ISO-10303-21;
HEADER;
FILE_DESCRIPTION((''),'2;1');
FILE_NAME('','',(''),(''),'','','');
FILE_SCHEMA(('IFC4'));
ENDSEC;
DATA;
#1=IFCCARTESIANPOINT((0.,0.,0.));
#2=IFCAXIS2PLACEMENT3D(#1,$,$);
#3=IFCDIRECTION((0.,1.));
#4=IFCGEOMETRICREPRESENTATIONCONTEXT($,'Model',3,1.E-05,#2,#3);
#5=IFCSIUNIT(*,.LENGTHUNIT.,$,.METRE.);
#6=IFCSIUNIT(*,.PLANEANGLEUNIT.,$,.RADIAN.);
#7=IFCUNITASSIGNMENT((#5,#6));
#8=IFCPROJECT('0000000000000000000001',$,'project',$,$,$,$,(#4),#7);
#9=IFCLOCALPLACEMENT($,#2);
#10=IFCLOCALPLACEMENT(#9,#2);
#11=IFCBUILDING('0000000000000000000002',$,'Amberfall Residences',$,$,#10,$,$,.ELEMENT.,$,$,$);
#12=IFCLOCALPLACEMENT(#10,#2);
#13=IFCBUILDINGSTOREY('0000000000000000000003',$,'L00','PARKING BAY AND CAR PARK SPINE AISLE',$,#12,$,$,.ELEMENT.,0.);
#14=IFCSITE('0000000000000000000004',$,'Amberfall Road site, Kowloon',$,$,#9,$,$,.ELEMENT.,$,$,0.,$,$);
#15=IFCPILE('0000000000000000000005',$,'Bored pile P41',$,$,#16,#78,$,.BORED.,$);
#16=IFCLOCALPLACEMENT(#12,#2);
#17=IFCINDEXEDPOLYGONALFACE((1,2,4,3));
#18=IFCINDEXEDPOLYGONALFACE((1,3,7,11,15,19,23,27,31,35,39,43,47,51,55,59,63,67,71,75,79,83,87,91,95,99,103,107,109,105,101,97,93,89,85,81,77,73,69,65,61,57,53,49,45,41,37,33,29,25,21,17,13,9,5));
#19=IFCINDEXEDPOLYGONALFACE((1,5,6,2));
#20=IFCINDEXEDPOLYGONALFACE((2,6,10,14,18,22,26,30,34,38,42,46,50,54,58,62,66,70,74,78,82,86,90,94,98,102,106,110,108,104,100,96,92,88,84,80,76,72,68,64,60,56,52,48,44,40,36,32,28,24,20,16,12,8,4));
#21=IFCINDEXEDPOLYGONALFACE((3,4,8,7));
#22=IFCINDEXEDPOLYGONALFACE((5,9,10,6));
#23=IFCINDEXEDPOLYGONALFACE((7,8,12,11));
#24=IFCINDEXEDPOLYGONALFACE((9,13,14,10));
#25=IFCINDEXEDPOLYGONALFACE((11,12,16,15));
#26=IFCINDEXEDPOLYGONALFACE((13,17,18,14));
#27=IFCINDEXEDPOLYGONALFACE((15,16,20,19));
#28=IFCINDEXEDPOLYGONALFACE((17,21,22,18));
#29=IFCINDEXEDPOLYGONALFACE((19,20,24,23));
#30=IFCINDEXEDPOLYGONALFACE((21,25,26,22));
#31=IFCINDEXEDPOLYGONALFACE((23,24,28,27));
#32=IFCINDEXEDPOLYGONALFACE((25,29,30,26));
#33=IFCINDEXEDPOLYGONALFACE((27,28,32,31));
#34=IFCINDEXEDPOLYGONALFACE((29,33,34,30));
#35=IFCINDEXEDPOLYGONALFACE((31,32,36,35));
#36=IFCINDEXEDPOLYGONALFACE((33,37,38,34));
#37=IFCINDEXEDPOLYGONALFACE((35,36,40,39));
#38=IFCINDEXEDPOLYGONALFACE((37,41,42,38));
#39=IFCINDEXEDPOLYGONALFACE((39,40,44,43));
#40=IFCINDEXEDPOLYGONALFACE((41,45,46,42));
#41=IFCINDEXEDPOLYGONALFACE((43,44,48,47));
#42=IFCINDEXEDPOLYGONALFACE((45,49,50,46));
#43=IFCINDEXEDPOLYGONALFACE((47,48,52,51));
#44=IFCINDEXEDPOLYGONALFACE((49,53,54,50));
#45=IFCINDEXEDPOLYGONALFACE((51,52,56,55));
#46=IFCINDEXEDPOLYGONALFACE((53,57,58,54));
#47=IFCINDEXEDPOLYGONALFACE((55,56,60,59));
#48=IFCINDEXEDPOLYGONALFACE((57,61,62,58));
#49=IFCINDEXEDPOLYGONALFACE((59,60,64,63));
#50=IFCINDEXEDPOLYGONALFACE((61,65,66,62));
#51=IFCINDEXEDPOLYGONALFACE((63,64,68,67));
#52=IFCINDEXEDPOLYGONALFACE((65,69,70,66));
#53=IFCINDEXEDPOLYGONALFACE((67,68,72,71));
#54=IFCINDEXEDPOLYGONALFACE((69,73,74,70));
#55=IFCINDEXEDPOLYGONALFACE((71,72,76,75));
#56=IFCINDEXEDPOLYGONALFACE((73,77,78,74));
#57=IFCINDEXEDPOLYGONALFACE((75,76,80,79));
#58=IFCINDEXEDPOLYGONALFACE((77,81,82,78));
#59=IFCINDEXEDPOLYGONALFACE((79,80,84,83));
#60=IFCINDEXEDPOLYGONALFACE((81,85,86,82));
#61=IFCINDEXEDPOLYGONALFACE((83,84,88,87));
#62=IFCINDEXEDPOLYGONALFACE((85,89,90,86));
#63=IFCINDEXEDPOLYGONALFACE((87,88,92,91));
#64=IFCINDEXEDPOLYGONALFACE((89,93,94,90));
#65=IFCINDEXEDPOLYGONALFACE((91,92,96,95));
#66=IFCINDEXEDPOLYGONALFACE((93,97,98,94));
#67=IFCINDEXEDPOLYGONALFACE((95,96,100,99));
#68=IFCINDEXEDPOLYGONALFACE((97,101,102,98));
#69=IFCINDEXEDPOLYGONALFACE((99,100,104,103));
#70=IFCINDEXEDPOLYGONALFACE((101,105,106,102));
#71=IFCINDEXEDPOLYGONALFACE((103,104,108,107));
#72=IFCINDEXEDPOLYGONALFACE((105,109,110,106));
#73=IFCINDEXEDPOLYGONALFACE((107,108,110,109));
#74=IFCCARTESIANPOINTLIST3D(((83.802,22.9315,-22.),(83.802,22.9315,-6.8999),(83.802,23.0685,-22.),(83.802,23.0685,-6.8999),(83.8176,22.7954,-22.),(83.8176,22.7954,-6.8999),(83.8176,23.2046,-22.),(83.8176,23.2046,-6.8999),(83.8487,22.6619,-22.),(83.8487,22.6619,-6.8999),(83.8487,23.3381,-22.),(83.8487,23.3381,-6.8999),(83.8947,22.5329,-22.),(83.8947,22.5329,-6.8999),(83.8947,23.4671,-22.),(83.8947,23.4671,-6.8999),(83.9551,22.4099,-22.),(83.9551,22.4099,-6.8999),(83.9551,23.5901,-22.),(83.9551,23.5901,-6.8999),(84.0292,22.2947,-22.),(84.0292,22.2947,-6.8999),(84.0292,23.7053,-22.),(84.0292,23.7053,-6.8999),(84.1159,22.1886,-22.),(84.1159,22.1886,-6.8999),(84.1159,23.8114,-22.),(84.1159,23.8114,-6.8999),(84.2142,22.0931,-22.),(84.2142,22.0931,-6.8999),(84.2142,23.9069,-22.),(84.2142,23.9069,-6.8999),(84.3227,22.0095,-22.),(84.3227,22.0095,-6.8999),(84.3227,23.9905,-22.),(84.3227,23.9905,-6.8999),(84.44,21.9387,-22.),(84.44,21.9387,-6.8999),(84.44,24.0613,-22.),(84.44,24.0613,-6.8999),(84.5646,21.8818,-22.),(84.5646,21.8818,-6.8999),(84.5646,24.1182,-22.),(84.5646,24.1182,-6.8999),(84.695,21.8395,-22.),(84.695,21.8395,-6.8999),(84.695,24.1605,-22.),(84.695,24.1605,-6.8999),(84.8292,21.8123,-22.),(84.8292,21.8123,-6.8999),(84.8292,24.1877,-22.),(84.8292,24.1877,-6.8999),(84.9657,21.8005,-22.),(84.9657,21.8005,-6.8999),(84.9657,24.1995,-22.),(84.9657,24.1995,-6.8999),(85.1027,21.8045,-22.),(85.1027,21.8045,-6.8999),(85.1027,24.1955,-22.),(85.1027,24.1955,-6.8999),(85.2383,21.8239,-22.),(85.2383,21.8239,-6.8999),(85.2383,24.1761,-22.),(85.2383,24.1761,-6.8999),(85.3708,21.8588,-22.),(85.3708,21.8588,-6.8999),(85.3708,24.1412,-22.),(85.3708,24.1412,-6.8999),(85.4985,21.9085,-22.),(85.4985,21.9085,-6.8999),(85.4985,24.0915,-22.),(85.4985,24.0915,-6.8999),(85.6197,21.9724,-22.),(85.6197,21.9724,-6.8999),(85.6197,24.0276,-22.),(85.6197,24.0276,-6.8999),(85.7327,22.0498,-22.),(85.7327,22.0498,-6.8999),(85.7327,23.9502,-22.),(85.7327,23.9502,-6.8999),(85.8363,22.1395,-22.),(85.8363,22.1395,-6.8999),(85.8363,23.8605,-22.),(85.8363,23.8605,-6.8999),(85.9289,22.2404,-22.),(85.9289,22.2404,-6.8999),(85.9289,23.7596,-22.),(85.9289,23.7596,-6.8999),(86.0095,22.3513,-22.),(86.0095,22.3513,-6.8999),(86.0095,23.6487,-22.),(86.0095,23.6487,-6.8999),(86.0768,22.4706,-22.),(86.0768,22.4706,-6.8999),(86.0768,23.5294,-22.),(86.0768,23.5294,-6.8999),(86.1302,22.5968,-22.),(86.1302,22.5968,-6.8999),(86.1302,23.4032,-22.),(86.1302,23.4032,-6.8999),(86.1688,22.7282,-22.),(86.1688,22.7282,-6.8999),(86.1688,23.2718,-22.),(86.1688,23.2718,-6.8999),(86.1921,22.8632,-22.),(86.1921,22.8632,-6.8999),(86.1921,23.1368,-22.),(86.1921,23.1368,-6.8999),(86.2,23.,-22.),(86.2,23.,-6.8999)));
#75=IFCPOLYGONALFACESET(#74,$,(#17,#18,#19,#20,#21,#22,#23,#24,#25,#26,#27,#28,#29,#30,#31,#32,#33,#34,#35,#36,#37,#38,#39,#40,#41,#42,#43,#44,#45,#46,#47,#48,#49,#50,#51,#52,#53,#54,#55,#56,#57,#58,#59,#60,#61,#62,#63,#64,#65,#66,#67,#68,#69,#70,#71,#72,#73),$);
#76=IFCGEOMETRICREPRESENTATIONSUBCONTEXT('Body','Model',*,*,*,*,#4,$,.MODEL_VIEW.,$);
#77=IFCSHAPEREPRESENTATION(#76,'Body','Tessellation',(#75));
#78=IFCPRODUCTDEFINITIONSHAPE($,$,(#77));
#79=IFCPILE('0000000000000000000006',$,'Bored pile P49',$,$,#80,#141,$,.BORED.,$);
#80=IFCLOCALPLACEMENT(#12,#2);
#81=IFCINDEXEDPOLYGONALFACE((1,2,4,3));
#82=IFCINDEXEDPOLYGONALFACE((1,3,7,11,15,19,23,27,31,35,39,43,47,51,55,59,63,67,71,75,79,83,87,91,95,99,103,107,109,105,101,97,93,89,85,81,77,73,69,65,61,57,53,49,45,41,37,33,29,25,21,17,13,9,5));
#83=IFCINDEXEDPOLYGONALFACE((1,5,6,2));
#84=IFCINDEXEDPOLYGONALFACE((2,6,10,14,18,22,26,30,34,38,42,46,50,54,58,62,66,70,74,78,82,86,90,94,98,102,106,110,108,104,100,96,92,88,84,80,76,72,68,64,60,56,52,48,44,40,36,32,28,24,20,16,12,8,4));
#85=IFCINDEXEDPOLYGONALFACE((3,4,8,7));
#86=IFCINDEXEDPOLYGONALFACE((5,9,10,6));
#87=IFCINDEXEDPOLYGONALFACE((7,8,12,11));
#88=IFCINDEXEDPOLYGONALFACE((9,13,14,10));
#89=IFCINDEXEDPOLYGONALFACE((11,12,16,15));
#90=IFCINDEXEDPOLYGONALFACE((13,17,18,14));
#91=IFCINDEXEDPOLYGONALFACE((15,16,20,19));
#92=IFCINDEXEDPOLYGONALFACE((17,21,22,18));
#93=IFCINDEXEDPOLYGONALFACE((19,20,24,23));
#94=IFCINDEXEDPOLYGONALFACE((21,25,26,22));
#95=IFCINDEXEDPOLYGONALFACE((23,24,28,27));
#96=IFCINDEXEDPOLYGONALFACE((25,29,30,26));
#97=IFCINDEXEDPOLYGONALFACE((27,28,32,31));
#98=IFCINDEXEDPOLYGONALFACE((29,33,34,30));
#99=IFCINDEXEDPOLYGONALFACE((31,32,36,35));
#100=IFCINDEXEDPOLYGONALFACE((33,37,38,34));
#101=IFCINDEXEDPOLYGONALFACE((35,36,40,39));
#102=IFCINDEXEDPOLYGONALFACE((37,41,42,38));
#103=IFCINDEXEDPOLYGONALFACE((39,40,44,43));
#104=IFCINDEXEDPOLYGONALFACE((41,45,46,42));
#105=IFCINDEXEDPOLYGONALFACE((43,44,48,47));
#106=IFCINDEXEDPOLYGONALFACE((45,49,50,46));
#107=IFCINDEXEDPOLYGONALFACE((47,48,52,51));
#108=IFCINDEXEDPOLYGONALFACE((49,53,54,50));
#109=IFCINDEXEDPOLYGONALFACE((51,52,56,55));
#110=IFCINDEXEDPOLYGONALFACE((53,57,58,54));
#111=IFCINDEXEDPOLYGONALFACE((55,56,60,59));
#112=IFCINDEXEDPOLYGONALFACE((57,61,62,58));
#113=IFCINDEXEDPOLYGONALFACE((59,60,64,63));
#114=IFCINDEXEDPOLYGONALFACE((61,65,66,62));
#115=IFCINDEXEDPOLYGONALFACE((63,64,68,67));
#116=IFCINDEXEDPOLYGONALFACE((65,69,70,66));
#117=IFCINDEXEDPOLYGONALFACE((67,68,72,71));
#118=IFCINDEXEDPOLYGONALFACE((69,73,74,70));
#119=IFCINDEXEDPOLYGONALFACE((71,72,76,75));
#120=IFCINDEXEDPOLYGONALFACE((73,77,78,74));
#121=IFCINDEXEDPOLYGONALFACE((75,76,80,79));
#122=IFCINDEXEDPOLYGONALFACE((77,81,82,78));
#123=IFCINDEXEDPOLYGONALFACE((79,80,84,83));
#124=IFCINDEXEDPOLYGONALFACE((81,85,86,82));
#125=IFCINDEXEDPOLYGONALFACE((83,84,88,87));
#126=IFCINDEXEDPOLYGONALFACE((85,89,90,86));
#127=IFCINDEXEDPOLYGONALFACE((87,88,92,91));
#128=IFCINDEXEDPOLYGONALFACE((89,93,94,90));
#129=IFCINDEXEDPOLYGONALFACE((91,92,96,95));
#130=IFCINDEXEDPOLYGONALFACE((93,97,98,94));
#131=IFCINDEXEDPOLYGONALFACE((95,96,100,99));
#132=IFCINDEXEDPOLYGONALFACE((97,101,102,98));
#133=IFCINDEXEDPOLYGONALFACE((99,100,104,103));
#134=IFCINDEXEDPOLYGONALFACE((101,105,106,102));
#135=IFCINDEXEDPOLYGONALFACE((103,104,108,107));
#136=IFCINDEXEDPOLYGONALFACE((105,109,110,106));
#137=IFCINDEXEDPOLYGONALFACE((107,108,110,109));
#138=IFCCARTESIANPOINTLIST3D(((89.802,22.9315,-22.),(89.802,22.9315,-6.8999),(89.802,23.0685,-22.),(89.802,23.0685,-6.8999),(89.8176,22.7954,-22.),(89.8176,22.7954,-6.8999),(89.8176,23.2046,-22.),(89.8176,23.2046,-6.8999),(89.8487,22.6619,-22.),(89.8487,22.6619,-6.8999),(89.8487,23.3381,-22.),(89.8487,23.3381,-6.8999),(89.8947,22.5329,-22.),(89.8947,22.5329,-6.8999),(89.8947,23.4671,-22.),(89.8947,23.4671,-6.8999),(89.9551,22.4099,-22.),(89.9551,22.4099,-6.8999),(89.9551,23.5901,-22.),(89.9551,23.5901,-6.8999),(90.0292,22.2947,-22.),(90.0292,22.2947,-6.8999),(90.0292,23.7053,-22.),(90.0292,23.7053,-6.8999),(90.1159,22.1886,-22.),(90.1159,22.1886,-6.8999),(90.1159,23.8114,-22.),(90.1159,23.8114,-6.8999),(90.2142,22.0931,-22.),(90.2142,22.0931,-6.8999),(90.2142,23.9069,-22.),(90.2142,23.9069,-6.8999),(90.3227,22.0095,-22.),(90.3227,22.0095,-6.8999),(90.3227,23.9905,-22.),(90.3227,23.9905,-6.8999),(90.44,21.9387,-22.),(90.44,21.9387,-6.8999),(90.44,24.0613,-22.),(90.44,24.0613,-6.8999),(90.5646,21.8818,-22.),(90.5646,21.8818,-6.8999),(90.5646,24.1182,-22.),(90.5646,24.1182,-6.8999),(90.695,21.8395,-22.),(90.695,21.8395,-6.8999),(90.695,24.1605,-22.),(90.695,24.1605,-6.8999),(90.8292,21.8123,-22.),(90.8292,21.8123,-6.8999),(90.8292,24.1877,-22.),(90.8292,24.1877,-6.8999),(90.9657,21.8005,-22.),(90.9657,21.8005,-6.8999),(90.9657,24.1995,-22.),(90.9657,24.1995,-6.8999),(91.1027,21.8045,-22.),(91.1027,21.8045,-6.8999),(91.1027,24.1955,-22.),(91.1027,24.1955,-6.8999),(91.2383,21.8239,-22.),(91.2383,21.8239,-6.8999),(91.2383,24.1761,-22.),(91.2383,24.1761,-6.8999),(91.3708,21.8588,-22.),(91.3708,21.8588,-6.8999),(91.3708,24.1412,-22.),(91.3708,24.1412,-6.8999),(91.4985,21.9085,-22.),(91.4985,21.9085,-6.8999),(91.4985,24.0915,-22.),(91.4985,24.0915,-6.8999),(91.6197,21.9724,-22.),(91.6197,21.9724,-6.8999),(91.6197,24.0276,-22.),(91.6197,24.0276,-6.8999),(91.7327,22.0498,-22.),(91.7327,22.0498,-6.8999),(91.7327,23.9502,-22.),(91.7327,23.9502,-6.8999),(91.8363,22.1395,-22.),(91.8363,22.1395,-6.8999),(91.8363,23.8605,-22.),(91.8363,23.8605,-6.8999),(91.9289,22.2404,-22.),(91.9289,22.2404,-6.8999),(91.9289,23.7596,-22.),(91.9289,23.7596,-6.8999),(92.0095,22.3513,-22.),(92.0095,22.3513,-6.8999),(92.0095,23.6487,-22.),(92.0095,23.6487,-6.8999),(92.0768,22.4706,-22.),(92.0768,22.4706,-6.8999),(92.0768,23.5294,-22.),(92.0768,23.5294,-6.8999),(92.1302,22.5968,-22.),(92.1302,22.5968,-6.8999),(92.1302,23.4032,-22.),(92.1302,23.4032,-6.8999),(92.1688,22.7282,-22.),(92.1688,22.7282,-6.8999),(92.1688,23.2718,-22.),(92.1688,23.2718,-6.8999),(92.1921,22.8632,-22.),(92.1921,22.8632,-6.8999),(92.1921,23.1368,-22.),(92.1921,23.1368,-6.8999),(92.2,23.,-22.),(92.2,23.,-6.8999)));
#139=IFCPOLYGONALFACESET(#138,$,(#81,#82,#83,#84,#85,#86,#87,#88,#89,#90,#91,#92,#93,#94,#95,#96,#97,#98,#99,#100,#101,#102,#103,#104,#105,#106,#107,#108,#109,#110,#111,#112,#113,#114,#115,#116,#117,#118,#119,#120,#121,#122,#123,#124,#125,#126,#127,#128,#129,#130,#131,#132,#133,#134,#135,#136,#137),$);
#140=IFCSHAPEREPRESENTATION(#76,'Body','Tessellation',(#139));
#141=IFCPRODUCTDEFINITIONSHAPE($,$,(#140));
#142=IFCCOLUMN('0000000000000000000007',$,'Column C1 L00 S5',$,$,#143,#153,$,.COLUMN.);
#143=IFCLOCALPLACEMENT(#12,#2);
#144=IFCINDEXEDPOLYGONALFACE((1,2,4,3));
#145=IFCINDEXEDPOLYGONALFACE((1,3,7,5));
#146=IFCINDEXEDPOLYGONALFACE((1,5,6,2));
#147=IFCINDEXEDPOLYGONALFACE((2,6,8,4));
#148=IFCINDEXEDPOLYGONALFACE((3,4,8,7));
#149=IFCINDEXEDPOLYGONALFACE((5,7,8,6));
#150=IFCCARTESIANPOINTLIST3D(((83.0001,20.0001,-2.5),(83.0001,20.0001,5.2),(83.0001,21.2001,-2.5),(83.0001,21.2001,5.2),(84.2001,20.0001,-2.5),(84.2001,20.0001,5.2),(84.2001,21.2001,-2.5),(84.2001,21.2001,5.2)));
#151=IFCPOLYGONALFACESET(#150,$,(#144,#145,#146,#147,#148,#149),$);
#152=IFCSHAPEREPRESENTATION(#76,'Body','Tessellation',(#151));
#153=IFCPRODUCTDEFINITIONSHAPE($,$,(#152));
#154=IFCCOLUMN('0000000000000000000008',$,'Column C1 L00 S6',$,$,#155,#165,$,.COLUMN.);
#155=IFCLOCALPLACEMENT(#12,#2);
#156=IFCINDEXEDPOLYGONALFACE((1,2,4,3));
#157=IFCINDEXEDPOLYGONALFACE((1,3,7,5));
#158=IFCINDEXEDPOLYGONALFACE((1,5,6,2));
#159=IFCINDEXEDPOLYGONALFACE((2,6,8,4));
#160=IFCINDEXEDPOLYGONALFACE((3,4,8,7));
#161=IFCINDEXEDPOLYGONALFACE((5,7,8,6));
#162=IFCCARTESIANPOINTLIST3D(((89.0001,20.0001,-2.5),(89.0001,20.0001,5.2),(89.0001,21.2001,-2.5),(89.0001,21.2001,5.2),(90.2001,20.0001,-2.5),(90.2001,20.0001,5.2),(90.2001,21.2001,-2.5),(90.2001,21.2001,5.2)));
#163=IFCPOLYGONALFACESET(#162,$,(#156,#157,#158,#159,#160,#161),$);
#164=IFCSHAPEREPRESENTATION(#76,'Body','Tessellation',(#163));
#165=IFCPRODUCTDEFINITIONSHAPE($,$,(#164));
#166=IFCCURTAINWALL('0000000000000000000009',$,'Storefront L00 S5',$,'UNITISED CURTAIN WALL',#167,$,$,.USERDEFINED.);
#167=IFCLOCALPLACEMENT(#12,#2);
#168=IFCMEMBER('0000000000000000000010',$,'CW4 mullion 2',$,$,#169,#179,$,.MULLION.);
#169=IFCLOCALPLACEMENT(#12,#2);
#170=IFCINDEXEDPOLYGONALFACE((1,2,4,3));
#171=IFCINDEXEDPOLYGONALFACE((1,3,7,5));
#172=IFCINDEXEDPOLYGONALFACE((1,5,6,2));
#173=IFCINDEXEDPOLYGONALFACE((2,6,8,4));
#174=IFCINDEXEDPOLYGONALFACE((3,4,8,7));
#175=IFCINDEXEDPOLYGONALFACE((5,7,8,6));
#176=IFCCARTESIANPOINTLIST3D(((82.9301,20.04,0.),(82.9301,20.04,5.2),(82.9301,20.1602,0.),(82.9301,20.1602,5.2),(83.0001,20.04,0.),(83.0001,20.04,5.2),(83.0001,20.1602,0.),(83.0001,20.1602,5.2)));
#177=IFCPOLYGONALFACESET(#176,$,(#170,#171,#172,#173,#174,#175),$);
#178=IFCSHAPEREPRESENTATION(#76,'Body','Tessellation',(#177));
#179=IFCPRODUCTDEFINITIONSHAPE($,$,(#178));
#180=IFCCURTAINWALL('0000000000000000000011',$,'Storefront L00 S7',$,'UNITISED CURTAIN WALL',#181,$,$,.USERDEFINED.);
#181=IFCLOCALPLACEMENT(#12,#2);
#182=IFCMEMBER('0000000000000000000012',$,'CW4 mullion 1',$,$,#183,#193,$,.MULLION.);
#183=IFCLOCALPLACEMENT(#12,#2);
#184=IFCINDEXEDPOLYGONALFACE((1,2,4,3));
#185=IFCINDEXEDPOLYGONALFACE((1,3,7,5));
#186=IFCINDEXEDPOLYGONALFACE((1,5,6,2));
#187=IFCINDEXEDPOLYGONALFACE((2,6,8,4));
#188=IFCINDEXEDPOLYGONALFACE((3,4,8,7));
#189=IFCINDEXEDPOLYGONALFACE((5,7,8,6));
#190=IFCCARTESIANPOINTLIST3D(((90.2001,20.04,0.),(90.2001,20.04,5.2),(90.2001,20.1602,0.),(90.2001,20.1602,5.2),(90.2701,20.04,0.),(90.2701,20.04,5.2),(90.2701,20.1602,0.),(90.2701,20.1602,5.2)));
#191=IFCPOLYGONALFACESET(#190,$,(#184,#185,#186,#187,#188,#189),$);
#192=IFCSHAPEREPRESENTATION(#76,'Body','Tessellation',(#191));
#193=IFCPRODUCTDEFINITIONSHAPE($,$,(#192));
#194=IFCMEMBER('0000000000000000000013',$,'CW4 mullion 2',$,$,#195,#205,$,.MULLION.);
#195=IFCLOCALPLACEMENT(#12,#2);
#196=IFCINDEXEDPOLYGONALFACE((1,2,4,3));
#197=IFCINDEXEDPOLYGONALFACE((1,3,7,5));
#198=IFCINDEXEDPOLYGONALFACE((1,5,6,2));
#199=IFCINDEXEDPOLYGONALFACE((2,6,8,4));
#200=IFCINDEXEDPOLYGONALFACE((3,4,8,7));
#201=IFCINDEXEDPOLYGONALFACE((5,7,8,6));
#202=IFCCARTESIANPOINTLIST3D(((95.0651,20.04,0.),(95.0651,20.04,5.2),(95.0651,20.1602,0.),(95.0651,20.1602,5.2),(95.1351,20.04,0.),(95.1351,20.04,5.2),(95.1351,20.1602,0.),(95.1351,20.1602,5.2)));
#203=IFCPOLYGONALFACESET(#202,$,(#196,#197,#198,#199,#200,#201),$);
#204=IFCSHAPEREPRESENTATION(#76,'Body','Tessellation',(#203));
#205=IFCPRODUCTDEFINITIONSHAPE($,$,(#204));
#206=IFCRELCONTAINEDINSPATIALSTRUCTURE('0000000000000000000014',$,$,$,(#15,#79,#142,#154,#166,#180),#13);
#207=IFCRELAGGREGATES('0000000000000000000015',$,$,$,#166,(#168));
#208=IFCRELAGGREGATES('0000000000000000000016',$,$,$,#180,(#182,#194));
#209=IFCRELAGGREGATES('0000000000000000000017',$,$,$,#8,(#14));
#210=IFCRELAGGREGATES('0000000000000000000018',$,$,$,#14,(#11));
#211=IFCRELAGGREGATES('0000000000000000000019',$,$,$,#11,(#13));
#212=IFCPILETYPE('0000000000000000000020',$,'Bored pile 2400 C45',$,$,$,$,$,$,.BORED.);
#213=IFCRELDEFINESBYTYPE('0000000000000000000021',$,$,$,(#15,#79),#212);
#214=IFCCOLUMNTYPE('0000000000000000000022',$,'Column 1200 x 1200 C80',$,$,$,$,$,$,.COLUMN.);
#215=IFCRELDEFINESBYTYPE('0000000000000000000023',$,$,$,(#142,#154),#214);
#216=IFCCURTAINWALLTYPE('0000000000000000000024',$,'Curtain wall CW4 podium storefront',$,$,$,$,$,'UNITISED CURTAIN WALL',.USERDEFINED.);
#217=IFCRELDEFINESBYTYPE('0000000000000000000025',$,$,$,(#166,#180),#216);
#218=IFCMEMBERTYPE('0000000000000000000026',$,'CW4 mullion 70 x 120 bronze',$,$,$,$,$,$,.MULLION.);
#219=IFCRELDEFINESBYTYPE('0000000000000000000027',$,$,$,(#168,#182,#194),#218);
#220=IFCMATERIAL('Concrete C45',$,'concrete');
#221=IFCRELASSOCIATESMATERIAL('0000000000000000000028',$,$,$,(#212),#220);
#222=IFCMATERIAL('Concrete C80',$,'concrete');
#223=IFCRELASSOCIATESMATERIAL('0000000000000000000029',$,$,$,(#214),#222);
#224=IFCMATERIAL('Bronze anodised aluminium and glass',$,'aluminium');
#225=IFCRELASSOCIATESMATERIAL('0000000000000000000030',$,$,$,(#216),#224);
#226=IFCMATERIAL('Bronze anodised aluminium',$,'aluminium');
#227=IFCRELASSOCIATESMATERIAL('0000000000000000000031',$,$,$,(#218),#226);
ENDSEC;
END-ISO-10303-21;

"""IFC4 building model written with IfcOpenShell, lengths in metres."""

from ifc_helpers import new_model, si_unit, direction, frame, origin, origin_2d, place, context, subcontext, project, spatial, rectangle, circle, extrude, material, material_profile, profile_set, type_object, element, aggregate, save


model = new_model("IFC4")

# Units and contexts
model_context = context("Model", 3, precision=1e-05, world=origin(), true_north=direction((0.0, 1.0)))
body_context = subcontext(model_context, "Body", "Model", "MODEL_VIEW")
ifc_project = project(units=[si_unit("LENGTHUNIT", "METRE"), si_unit("PLANEANGLEUNIT", "RADIAN")], contexts=[model_context])

# Site, building, storey
site_placement = place(None, origin())
site = spatial("IfcSite", under=ifc_project, at=site_placement, Name="Amberfall Road site, Kowloon", CompositionType="ELEMENT", RefElevation=0.0)
building_placement = place(site_placement, origin())
building = spatial("IfcBuilding", under=site, at=building_placement, Name="Amberfall Residences", CompositionType="ELEMENT")
storey_placement = place(building_placement, origin())
storey = spatial("IfcBuildingStorey", under=building, at=storey_placement, Name="L00", Description="PARKING BAY AND CAR PARK SPINE AISLE", CompositionType="ELEMENT", Elevation=0.0)

# Piles
ifc_material_1 = material(Name="Concrete C45", Category="concrete")
ifc_material_profile_1 = material_profile(ifc_material_1, circle(Radius=1.2, at=origin_2d()), Name="Bored pile 2400 C45")
ifc_profile_set_1 = profile_set([ifc_material_profile_1], Name="Concrete C45")
pile_type = type_object("IfcPileType", Name="Bored pile 2400 C45", PredefinedType="BORED", material=ifc_profile_set_1)
for number, where, z_axis, x_axis, name in (
    (1, (85.0, 23.0, -6.8999), (0.0, 0.0, -1.0), (1.0, 0.0, 0.0), "Bored pile P41"),
    (2, (91.0, 23.0, -6.8999), (0.0, 0.0, -1.0), (1.0, 0.0, 0.0), "Bored pile P49"),
):
    element("IfcPile", number, at=place(storey_placement, frame(where, z_axis=z_axis, x_axis=x_axis)), inside=storey, type_object=pile_type, Name=name, PredefinedType="BORED", context=body_context, shape_type="SweptSolid", body=[
        extrude(circle(Radius=1.2, at=origin_2d()), origin(), (0.0, 0.0, 1.0), 15.1001),
    ])

# Columns
ifc_material_2 = material(Name="Concrete C80", Category="concrete")
ifc_material_profile_2 = material_profile(ifc_material_2, rectangle(XDim=1.2, YDim=1.2, at=origin_2d()), Name="Column 1200 x 1200 C80")
ifc_profile_set_2 = profile_set([ifc_material_profile_2], Name="Concrete C80")
column_type = type_object("IfcColumnType", Name="Column 1200 x 1200 C80", PredefinedType="COLUMN", material=ifc_profile_set_2)
for number, where, z_axis, x_axis, name in (
    (3, (83.6001, 20.6001, -2.5), (0.0, 0.0, 1.0), (1.0, 0.0, 0.0), "Column C1 L00 S5"),
    (4, (89.6001, 20.6001, -2.5), (0.0, 0.0, 1.0), (1.0, 0.0, 0.0), "Column C1 L00 S6"),
):
    element("IfcColumn", number, at=place(storey_placement, frame(where, z_axis=z_axis, x_axis=x_axis)), inside=storey, type_object=column_type, Name=name, PredefinedType="COLUMN", context=body_context, shape_type="SweptSolid", body=[
        extrude(rectangle(XDim=1.2, YDim=1.2, at=origin_2d()), origin(), (0.0, 0.0, 1.0), 7.7),
    ])

# Curtain wall, member
ifc_material_3 = material(Name="Bronze anodised aluminium and glass", Category="aluminium")
curtain_wall_type = type_object("IfcCurtainWallType", Name="Curtain wall CW4 podium storefront", ElementType="UNITISED CURTAIN WALL", PredefinedType="USERDEFINED", material=ifc_material_3)
curtain_wall_1_placement = place(storey_placement, origin())
curtain_wall_1 = element("IfcCurtainWall", 5, at=curtain_wall_1_placement, inside=storey, type_object=curtain_wall_type, Name="Storefront L00 S5", ObjectType="UNITISED CURTAIN WALL", PredefinedType="USERDEFINED")
ifc_material_4 = material(Name="Bronze anodised aluminium", Category="aluminium")
ifc_material_profile_3 = material_profile(ifc_material_4, rectangle(XDim=0.1201, YDim=0.0701, at=origin_2d()), Name="CW4 mullion 70 x 120 bronze")
ifc_profile_set_3 = profile_set([ifc_material_profile_3], Name="Bronze anodised aluminium")
member_type_1 = type_object("IfcMemberType", Name="CW4 mullion 70 x 120 bronze", PredefinedType="MULLION", material=ifc_profile_set_3)
member_1_placement = place(storey_placement, frame((82.9651, 20.1001, 0.0), z_axis=(0.0, 0.0, 1.0), x_axis=(0.0, 1.0, 0.0)))
member_1 = element("IfcMember", 6, at=member_1_placement, type_object=member_type_1, Name="CW4 mullion 2", PredefinedType="MULLION", context=body_context, shape_type="SweptSolid", body=[
    extrude(rectangle(XDim=0.1201, YDim=0.0701, at=origin_2d()), origin(), (0.0, 0.0, 1.0), 5.2),
])

# Curtain wall, members
curtain_wall_2_placement = place(storey_placement, origin())
curtain_wall_2 = element("IfcCurtainWall", 7, at=curtain_wall_2_placement, inside=storey, type_object=curtain_wall_type, Name="Storefront L00 S7", ObjectType="UNITISED CURTAIN WALL", PredefinedType="USERDEFINED")
member_2_placement = place(storey_placement, frame((90.2351, 20.1001, 0.0), z_axis=(0.0, 0.0, 1.0), x_axis=(0.0, 1.0, 0.0)))
member_2 = element("IfcMember", 8, at=member_2_placement, type_object=member_type_1, Name="CW4 mullion 1", PredefinedType="MULLION", context=body_context, shape_type="SweptSolid", body=[
    extrude(rectangle(XDim=0.1201, YDim=0.0701, at=origin_2d()), origin(), (0.0, 0.0, 1.0), 5.2),
])
member_3_placement = place(storey_placement, frame((95.1001, 20.1001, 0.0), z_axis=(0.0, 0.0, 1.0), x_axis=(0.0, 1.0, 0.0)))
member_3 = element("IfcMember", 9, at=member_3_placement, type_object=member_type_1, Name="CW4 mullion 2", PredefinedType="MULLION", context=body_context, shape_type="SweptSolid", body=[
    extrude(rectangle(XDim=0.1201, YDim=0.0701, at=origin_2d()), origin(), (0.0, 0.0, 1.0), 5.2),
])

aggregate(curtain_wall_1, [member_1])
aggregate(curtain_wall_2, [member_2, member_3])

save(model, "model.ifc")
